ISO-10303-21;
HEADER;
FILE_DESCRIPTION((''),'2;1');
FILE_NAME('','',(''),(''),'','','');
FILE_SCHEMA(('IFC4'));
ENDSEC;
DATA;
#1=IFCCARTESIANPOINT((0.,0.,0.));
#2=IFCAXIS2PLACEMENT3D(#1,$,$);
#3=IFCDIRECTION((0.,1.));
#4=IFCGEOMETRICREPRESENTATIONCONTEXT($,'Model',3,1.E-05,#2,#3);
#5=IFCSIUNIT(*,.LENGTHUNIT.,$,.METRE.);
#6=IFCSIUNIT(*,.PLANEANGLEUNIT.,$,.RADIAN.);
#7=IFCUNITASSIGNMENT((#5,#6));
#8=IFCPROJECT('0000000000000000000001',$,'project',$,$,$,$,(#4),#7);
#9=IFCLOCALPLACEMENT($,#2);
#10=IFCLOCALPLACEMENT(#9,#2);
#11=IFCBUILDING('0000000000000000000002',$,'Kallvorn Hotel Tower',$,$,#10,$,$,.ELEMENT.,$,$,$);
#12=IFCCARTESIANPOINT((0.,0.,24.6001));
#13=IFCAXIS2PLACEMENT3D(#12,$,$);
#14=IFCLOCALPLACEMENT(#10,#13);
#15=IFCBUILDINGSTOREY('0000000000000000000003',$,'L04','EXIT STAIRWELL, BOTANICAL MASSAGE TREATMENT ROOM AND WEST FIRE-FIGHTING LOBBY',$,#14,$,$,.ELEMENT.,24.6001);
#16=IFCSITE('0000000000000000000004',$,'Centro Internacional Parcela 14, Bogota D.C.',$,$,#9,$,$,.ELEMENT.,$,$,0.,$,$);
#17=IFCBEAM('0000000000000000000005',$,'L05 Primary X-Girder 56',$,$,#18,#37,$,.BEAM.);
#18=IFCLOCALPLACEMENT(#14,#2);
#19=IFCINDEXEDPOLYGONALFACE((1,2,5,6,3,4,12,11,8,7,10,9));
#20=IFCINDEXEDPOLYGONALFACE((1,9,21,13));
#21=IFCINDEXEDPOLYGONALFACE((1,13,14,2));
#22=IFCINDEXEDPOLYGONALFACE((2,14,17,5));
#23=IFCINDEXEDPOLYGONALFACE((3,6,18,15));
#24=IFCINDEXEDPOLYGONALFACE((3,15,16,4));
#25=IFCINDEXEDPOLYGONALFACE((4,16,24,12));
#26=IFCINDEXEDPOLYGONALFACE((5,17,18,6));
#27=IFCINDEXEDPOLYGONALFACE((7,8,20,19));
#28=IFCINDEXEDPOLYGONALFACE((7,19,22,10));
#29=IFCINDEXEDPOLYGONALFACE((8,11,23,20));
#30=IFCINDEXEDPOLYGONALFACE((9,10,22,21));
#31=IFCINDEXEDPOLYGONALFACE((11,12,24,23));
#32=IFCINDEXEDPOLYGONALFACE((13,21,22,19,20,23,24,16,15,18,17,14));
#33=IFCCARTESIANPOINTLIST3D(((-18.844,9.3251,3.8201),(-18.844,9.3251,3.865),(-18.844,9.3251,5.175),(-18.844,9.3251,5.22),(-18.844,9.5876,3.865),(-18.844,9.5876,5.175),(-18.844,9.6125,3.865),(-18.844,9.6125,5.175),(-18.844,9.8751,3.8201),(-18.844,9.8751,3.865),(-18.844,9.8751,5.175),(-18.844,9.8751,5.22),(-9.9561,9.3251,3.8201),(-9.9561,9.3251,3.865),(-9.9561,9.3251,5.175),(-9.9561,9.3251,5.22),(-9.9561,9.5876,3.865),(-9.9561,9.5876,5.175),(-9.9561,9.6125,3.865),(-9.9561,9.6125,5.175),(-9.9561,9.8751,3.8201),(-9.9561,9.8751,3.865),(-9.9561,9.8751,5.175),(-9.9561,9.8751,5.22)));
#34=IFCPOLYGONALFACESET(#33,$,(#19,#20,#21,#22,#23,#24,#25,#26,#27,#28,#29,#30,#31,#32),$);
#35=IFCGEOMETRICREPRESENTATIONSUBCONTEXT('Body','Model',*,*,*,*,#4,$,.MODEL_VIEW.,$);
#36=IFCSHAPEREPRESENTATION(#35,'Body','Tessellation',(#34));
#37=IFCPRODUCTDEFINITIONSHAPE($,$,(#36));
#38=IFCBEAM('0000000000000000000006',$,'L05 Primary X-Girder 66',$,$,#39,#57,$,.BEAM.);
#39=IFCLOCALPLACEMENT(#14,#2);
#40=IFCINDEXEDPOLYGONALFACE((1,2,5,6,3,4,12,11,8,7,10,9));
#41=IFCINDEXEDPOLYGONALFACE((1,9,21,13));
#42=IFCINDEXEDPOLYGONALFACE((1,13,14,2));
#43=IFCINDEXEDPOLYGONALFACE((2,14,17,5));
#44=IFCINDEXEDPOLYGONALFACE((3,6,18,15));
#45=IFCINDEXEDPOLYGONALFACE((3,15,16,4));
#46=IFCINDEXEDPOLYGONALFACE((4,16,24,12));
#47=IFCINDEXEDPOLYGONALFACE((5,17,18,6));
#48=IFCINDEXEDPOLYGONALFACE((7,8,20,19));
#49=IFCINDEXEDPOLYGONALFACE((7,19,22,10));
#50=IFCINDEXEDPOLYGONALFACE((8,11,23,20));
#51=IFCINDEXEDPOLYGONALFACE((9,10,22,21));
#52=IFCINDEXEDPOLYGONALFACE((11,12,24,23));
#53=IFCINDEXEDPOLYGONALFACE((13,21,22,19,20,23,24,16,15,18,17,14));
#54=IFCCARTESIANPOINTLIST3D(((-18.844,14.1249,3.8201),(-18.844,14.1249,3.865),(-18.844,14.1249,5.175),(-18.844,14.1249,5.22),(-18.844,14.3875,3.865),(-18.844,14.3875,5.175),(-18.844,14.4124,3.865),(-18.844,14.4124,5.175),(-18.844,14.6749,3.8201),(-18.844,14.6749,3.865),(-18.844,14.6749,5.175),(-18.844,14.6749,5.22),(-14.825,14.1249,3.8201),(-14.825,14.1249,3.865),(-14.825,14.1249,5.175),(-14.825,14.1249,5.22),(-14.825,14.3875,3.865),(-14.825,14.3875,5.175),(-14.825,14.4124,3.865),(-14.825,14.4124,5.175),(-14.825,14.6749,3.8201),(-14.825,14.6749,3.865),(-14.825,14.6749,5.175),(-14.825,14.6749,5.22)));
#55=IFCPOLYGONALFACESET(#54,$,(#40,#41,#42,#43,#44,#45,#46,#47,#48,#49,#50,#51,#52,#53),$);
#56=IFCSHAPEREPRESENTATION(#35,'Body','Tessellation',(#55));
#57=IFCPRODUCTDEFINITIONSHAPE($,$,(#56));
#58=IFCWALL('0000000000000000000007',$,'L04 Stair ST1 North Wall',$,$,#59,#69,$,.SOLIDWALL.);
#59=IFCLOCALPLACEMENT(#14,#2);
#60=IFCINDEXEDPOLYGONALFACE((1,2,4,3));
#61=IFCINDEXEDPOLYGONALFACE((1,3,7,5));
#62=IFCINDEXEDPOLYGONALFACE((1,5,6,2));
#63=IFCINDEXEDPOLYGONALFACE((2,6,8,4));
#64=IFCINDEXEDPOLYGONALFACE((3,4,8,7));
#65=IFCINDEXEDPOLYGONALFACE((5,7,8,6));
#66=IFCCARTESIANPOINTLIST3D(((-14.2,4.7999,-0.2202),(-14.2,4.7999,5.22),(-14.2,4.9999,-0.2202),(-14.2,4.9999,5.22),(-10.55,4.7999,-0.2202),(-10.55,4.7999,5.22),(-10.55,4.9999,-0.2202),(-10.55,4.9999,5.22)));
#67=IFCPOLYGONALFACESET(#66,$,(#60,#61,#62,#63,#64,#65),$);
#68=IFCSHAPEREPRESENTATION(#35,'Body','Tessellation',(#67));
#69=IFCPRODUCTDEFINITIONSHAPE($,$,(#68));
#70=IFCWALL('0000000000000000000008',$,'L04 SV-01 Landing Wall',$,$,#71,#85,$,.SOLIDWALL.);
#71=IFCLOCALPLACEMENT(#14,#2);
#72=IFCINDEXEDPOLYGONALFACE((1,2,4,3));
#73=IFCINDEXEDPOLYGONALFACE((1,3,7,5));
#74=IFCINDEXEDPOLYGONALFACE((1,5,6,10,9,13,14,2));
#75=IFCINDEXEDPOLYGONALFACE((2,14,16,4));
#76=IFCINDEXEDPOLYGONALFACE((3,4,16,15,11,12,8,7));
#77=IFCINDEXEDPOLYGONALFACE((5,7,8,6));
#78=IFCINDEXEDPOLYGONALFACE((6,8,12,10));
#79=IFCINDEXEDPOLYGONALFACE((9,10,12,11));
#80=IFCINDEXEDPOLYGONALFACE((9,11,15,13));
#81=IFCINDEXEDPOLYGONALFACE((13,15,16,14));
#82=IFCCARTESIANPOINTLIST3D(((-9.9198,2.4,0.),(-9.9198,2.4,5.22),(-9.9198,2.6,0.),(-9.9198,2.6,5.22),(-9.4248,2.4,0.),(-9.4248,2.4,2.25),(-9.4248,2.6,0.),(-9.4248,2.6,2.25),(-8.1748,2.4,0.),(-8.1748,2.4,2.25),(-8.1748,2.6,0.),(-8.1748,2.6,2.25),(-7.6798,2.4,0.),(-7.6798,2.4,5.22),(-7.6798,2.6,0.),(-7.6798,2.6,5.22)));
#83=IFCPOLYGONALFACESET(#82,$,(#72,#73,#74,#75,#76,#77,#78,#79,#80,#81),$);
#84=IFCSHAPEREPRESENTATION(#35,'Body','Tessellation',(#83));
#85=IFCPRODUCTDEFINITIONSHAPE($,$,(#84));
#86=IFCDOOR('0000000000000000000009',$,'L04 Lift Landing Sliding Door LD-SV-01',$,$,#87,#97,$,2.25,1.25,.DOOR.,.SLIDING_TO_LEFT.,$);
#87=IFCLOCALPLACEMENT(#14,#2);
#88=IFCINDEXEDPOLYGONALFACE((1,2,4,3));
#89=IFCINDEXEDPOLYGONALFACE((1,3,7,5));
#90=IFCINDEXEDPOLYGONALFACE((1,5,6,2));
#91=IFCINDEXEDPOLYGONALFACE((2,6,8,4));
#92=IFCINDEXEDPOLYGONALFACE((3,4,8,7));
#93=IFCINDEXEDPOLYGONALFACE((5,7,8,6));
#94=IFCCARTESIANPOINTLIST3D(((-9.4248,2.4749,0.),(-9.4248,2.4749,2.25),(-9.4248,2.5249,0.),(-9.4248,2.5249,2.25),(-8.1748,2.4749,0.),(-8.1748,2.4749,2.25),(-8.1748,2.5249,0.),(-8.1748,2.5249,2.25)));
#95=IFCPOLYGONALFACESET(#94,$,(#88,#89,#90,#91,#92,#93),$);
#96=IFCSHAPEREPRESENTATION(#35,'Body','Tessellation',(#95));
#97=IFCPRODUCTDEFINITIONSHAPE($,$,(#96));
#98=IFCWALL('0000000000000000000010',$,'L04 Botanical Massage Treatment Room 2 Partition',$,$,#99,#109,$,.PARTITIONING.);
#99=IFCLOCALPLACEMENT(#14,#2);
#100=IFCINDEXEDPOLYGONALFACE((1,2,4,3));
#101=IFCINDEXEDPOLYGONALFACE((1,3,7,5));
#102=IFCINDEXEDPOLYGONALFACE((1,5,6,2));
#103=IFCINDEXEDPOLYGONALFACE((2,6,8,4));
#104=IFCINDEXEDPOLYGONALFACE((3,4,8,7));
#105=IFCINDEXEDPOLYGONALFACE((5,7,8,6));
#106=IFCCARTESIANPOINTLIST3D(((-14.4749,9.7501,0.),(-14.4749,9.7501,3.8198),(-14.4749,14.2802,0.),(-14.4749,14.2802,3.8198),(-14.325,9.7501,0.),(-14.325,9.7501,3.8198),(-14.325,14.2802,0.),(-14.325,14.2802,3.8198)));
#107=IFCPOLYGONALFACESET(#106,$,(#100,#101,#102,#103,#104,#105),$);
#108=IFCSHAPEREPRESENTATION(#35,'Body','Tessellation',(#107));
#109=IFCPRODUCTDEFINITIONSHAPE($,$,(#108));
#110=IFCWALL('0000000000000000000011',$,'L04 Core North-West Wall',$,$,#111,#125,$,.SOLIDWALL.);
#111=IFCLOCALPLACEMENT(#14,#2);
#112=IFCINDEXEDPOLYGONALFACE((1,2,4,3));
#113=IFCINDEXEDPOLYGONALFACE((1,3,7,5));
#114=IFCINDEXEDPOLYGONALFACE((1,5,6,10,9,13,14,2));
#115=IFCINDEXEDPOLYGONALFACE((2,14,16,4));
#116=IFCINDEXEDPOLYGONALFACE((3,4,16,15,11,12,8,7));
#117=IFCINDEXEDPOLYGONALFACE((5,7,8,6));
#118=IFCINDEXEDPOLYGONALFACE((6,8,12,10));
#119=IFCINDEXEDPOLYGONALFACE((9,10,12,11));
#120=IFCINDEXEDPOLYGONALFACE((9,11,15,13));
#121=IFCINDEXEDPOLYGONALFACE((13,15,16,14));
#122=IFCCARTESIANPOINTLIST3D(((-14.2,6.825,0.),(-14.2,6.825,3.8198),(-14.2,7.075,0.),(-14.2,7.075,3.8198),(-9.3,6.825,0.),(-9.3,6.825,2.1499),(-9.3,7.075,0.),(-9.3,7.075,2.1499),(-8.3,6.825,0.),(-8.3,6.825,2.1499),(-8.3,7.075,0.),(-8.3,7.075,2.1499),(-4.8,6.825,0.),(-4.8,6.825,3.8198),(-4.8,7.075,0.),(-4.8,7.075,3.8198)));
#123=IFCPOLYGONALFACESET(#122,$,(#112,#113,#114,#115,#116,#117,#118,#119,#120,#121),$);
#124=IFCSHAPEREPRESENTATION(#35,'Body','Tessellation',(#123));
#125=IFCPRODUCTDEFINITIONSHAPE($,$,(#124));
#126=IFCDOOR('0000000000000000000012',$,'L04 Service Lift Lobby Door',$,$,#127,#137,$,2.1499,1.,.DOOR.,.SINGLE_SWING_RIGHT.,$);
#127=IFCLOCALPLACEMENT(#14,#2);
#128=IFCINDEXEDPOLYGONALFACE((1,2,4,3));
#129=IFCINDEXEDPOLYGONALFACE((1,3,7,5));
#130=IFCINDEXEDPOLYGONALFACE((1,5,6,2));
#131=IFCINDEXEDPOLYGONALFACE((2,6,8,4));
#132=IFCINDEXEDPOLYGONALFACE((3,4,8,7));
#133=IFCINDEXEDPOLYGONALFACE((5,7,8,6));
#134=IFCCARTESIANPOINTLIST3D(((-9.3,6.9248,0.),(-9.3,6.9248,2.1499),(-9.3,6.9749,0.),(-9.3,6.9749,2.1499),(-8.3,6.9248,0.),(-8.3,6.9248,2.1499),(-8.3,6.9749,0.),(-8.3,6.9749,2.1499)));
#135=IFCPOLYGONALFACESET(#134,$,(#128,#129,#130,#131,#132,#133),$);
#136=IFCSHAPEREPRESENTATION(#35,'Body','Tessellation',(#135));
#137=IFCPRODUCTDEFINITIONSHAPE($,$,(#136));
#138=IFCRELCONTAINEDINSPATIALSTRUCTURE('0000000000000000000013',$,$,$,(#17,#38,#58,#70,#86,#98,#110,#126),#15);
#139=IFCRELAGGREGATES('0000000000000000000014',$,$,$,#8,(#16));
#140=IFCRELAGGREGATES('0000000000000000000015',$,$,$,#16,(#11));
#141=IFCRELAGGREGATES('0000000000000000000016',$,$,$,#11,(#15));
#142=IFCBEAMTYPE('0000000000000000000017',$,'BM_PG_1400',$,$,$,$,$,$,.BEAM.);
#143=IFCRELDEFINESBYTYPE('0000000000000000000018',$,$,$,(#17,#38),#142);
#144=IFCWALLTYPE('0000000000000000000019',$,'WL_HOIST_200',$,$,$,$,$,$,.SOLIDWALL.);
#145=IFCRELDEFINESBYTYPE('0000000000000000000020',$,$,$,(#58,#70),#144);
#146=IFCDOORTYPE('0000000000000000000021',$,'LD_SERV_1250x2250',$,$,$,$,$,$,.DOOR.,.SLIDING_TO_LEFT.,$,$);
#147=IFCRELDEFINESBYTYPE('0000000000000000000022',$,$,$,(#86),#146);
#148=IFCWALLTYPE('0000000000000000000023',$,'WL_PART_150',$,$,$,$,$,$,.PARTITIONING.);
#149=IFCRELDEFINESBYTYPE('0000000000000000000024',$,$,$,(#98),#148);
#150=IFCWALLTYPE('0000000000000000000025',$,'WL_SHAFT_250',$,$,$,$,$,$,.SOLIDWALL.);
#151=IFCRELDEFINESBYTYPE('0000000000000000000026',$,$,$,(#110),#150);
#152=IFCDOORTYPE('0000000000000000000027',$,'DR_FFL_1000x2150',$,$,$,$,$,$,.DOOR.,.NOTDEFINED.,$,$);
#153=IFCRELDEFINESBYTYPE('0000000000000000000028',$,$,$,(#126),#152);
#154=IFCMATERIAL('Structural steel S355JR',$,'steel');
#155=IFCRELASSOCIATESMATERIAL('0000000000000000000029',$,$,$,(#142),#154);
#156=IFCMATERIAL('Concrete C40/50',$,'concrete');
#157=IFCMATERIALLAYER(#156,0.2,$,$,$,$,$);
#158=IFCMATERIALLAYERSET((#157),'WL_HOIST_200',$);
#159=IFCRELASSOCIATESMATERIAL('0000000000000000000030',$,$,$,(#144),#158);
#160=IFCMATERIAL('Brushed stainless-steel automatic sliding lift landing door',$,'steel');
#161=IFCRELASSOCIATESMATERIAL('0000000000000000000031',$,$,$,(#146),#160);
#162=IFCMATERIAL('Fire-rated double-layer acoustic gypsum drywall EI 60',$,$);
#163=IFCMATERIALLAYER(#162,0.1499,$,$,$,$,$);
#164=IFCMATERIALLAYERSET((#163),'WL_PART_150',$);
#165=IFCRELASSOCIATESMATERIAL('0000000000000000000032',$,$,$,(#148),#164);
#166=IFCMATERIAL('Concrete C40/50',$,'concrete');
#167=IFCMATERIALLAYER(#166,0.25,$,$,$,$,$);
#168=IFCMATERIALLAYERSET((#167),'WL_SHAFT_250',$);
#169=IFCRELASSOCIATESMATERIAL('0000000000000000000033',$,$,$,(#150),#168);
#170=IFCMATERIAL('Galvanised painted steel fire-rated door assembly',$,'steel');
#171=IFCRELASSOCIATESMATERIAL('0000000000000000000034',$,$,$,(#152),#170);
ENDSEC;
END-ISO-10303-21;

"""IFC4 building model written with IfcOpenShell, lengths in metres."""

from ifc_helpers import new_model, si_unit, direction, frame, frame_2d, origin, origin_2d, place, context, subcontext, project, spatial, rectangle, i_section, extrude, material, layer, layer_set, material_profile, profile_set, type_object, element, fill, save


model = new_model("IFC4")

# Units and contexts
model_context = context("Model", 3, precision=1e-05, world=origin(), true_north=direction((0.0, 1.0)))
body_context = subcontext(model_context, "Body", "Model", "MODEL_VIEW")
ifc_project = project(units=[si_unit("LENGTHUNIT", "METRE"), si_unit("PLANEANGLEUNIT", "RADIAN")], contexts=[model_context])

# Site, building, storey
site_placement = place(None, origin())
site = spatial("IfcSite", under=ifc_project, at=site_placement, Name="Centro Internacional Parcela 14, Bogota D.C.", CompositionType="ELEMENT", RefElevation=0.0)
building_placement = place(site_placement, origin())
building = spatial("IfcBuilding", under=site, at=building_placement, Name="Kallvorn Hotel Tower", CompositionType="ELEMENT")
storey_placement = place(building_placement, frame((0.0, 0.0, 24.6001)))
storey = spatial("IfcBuildingStorey", under=building, at=storey_placement, Name="L04", Description="EXIT STAIRWELL, BOTANICAL MASSAGE TREATMENT ROOM AND WEST FIRE-FIGHTING LOBBY", CompositionType="ELEMENT", Elevation=24.6001)

# Beams
ifc_material_1 = material(Name="Structural steel S355JR", Category="steel")
ifc_material_profile_1 = material_profile(ifc_material_1, i_section(OverallWidth=0.55, OverallDepth=1.3999, WebThickness=0.0249, FlangeThickness=0.0449, at=origin_2d()), Name="PG 1400x550x25x45")
ifc_profile_set_1 = profile_set([ifc_material_profile_1], Name="Structural steel S355JR")
beam_type_1 = type_object("IfcBeamType", Name="BM_PG_1400", PredefinedType="BEAM", material=ifc_profile_set_1)
beam_1_placement = place(storey_placement, frame((-18.844, 9.6001, 4.52), z_axis=(1.0, 0.0, 0.0), x_axis=(0.0, 1.0, 0.0)))
element("IfcBeam", 1, at=beam_1_placement, inside=storey, type_object=beam_type_1, Name="L05 Primary X-Girder 56", PredefinedType="BEAM", context=body_context, shape_type="SweptSolid", body=[
    extrude(i_section(OverallWidth=0.55, OverallDepth=1.3999, WebThickness=0.0249, FlangeThickness=0.0449, at=origin_2d()), origin(), (0.0, 0.0, 1.0), 8.8879),
])
beam_2_placement = place(storey_placement, frame((-18.844, 14.3999, 4.52), z_axis=(1.0, 0.0, 0.0), x_axis=(0.0, 1.0, 0.0)))
element("IfcBeam", 2, at=beam_2_placement, inside=storey, type_object=beam_type_1, Name="L05 Primary X-Girder 66", PredefinedType="BEAM", context=body_context, shape_type="SweptSolid", body=[
    extrude(i_section(OverallWidth=0.55, OverallDepth=1.3999, WebThickness=0.0249, FlangeThickness=0.0449, at=origin_2d()), origin(), (0.0, 0.0, 1.0), 4.019),
])

# Wall
ifc_material_2 = material(Name="Concrete C40/50", Category="concrete")
ifc_layer_1 = layer(ifc_material_2, 0.2)
ifc_layer_set_1 = layer_set([ifc_layer_1], Name="WL_HOIST_200")
wall_type_1 = type_object("IfcWallType", Name="WL_HOIST_200", PredefinedType="SOLIDWALL", material=ifc_layer_set_1)
wall_1_placement = place(storey_placement, frame((-14.2, 4.8999, -0.2202), z_axis=(0.0, 0.0, 1.0), x_axis=(1.0, 0.0, 0.0)))
element("IfcWall", 3, at=wall_1_placement, inside=storey, type_object=wall_type_1, Name="L04 Stair ST1 North Wall", PredefinedType="SOLIDWALL", context=body_context, shape_type="SweptSolid", body=[
    extrude(rectangle(XDim=3.6499, YDim=0.2, at=frame_2d((1.825, 0.0))), origin(), (0.0, 0.0, 1.0), 5.4402),
])

# Wall, opening, door
wall_2_placement = place(storey_placement, frame((-9.9199, 2.5, 0.0), z_axis=(0.0, 0.0, 1.0), x_axis=(1.0, 0.0, 0.0)))
wall_2 = element("IfcWall", 4, at=wall_2_placement, inside=storey, type_object=wall_type_1, Name="L04 SV-01 Landing Wall", PredefinedType="SOLIDWALL", context=body_context, shape_type="SweptSolid", body=[
    extrude(rectangle(XDim=2.24, YDim=0.2, at=frame_2d((1.1201, 0.0))), origin(), (0.0, 0.0, 1.0), 5.22),
])
opening_1_placement = place(wall_2_placement, frame((0.4951, 0.0, 0.0)))
opening_1 = element("IfcOpeningElement", 5, at=opening_1_placement, cuts=wall_2, PredefinedType="OPENING", context=body_context, shape_type="SweptSolid", body=[
    extrude(rectangle(XDim=1.25, YDim=2.25, at=frame_2d((0.625, 1.125))), frame((0.0, 0.115, 0.0), z_axis=(0.0, -1.0, 0.0), x_axis=(1.0, 0.0, 0.0)), (0.0, 0.0, 1.0), 0.23),
])
ifc_material_3 = material(Name="Brushed stainless-steel automatic sliding lift landing door", Category="steel")
door_type_1 = type_object("IfcDoorType", Name="LD_SERV_1250x2250", OperationType="SLIDING_TO_LEFT", PredefinedType="DOOR", material=ifc_material_3)
door_1_placement = place(opening_1_placement, origin())
door_1 = element("IfcDoor", 6, at=door_1_placement, inside=storey, type_object=door_type_1, Name="L04 Lift Landing Sliding Door LD-SV-01", OperationType="SLIDING_TO_LEFT", OverallHeight=2.25, OverallWidth=1.25, PredefinedType="DOOR", context=body_context, shape_type="SweptSolid", body=[
    extrude(rectangle(XDim=1.25, YDim=2.25, at=frame_2d((0.625, 1.125))), frame((0.0, 0.0249, 0.0), z_axis=(0.0, -1.0, 0.0), x_axis=(1.0, 0.0, 0.0)), (0.0, 0.0, 1.0), 0.05),
])
fill(opening_1, door_1)

# Wall
ifc_material_4 = material(Name="Fire-rated double-layer acoustic gypsum drywall EI 60")
ifc_layer_2 = layer(ifc_material_4, 0.1499)
ifc_layer_set_2 = layer_set([ifc_layer_2], Name="WL_PART_150")
wall_type_2 = type_object("IfcWallType", Name="WL_PART_150", PredefinedType="PARTITIONING", material=ifc_layer_set_2)
wall_3_placement = place(storey_placement, frame((-14.3999, 9.75, 0.0), z_axis=(0.0, 0.0, 1.0), x_axis=(0.0, 1.0, 0.0)))
element("IfcWall", 7, at=wall_3_placement, inside=storey, type_object=wall_type_2, Name="L04 Botanical Massage Treatment Room 2 Partition", PredefinedType="PARTITIONING", context=body_context, shape_type="SweptSolid", body=[
    extrude(rectangle(XDim=4.53, YDim=0.1499, at=frame_2d((2.2651, 0.0))), origin(), (0.0, 0.0, 1.0), 3.8198),
])

# Wall, opening, door
ifc_material_5 = material(Name="Concrete C40/50", Category="concrete")
ifc_layer_3 = layer(ifc_material_5, 0.25)
ifc_layer_set_3 = layer_set([ifc_layer_3], Name="WL_SHAFT_250")
wall_type_3 = type_object("IfcWallType", Name="WL_SHAFT_250", PredefinedType="SOLIDWALL", material=ifc_layer_set_3)
wall_4_placement = place(storey_placement, frame((-14.2, 6.95, 0.0), z_axis=(0.0, 0.0, 1.0), x_axis=(1.0, 0.0, 0.0)))
wall_4 = element("IfcWall", 8, at=wall_4_placement, inside=storey, type_object=wall_type_3, Name="L04 Core North-West Wall", PredefinedType="SOLIDWALL", context=body_context, shape_type="SweptSolid", body=[
    extrude(rectangle(XDim=9.3999, YDim=0.25, at=frame_2d((4.7, 0.0))), origin(), (0.0, 0.0, 1.0), 3.8198),
])
opening_2_placement = place(wall_4_placement, frame((4.8999, 0.0, 0.0)))
opening_2 = element("IfcOpeningElement", 9, at=opening_2_placement, cuts=wall_4, PredefinedType="OPENING", context=body_context, shape_type="SweptSolid", body=[
    extrude(rectangle(XDim=1.0, YDim=2.1499, at=frame_2d((0.5, 1.075))), frame((0.0, 0.1399, 0.0), z_axis=(0.0, -1.0, 0.0), x_axis=(1.0, 0.0, 0.0)), (0.0, 0.0, 1.0), 0.28),
])
ifc_material_6 = material(Name="Galvanised painted steel fire-rated door assembly", Category="steel")
door_type_2 = type_object("IfcDoorType", Name="DR_FFL_1000x2150", OperationType="NOTDEFINED", PredefinedType="DOOR", material=ifc_material_6)
door_2_placement = place(opening_2_placement, origin())
door_2 = element("IfcDoor", 10, at=door_2_placement, inside=storey, type_object=door_type_2, Name="L04 Service Lift Lobby Door", OperationType="SINGLE_SWING_RIGHT", OverallHeight=2.1499, OverallWidth=1.0, PredefinedType="DOOR", context=body_context, shape_type="SweptSolid", body=[
    extrude(rectangle(XDim=1.0, YDim=2.1499, at=frame_2d((0.5, 1.075))), frame((0.0, 0.0249, 0.0), z_axis=(0.0, -1.0, 0.0), x_axis=(1.0, 0.0, 0.0)), (0.0, 0.0, 1.0), 0.05),
])
fill(opening_2, door_2)

save(model, "model.ifc")
